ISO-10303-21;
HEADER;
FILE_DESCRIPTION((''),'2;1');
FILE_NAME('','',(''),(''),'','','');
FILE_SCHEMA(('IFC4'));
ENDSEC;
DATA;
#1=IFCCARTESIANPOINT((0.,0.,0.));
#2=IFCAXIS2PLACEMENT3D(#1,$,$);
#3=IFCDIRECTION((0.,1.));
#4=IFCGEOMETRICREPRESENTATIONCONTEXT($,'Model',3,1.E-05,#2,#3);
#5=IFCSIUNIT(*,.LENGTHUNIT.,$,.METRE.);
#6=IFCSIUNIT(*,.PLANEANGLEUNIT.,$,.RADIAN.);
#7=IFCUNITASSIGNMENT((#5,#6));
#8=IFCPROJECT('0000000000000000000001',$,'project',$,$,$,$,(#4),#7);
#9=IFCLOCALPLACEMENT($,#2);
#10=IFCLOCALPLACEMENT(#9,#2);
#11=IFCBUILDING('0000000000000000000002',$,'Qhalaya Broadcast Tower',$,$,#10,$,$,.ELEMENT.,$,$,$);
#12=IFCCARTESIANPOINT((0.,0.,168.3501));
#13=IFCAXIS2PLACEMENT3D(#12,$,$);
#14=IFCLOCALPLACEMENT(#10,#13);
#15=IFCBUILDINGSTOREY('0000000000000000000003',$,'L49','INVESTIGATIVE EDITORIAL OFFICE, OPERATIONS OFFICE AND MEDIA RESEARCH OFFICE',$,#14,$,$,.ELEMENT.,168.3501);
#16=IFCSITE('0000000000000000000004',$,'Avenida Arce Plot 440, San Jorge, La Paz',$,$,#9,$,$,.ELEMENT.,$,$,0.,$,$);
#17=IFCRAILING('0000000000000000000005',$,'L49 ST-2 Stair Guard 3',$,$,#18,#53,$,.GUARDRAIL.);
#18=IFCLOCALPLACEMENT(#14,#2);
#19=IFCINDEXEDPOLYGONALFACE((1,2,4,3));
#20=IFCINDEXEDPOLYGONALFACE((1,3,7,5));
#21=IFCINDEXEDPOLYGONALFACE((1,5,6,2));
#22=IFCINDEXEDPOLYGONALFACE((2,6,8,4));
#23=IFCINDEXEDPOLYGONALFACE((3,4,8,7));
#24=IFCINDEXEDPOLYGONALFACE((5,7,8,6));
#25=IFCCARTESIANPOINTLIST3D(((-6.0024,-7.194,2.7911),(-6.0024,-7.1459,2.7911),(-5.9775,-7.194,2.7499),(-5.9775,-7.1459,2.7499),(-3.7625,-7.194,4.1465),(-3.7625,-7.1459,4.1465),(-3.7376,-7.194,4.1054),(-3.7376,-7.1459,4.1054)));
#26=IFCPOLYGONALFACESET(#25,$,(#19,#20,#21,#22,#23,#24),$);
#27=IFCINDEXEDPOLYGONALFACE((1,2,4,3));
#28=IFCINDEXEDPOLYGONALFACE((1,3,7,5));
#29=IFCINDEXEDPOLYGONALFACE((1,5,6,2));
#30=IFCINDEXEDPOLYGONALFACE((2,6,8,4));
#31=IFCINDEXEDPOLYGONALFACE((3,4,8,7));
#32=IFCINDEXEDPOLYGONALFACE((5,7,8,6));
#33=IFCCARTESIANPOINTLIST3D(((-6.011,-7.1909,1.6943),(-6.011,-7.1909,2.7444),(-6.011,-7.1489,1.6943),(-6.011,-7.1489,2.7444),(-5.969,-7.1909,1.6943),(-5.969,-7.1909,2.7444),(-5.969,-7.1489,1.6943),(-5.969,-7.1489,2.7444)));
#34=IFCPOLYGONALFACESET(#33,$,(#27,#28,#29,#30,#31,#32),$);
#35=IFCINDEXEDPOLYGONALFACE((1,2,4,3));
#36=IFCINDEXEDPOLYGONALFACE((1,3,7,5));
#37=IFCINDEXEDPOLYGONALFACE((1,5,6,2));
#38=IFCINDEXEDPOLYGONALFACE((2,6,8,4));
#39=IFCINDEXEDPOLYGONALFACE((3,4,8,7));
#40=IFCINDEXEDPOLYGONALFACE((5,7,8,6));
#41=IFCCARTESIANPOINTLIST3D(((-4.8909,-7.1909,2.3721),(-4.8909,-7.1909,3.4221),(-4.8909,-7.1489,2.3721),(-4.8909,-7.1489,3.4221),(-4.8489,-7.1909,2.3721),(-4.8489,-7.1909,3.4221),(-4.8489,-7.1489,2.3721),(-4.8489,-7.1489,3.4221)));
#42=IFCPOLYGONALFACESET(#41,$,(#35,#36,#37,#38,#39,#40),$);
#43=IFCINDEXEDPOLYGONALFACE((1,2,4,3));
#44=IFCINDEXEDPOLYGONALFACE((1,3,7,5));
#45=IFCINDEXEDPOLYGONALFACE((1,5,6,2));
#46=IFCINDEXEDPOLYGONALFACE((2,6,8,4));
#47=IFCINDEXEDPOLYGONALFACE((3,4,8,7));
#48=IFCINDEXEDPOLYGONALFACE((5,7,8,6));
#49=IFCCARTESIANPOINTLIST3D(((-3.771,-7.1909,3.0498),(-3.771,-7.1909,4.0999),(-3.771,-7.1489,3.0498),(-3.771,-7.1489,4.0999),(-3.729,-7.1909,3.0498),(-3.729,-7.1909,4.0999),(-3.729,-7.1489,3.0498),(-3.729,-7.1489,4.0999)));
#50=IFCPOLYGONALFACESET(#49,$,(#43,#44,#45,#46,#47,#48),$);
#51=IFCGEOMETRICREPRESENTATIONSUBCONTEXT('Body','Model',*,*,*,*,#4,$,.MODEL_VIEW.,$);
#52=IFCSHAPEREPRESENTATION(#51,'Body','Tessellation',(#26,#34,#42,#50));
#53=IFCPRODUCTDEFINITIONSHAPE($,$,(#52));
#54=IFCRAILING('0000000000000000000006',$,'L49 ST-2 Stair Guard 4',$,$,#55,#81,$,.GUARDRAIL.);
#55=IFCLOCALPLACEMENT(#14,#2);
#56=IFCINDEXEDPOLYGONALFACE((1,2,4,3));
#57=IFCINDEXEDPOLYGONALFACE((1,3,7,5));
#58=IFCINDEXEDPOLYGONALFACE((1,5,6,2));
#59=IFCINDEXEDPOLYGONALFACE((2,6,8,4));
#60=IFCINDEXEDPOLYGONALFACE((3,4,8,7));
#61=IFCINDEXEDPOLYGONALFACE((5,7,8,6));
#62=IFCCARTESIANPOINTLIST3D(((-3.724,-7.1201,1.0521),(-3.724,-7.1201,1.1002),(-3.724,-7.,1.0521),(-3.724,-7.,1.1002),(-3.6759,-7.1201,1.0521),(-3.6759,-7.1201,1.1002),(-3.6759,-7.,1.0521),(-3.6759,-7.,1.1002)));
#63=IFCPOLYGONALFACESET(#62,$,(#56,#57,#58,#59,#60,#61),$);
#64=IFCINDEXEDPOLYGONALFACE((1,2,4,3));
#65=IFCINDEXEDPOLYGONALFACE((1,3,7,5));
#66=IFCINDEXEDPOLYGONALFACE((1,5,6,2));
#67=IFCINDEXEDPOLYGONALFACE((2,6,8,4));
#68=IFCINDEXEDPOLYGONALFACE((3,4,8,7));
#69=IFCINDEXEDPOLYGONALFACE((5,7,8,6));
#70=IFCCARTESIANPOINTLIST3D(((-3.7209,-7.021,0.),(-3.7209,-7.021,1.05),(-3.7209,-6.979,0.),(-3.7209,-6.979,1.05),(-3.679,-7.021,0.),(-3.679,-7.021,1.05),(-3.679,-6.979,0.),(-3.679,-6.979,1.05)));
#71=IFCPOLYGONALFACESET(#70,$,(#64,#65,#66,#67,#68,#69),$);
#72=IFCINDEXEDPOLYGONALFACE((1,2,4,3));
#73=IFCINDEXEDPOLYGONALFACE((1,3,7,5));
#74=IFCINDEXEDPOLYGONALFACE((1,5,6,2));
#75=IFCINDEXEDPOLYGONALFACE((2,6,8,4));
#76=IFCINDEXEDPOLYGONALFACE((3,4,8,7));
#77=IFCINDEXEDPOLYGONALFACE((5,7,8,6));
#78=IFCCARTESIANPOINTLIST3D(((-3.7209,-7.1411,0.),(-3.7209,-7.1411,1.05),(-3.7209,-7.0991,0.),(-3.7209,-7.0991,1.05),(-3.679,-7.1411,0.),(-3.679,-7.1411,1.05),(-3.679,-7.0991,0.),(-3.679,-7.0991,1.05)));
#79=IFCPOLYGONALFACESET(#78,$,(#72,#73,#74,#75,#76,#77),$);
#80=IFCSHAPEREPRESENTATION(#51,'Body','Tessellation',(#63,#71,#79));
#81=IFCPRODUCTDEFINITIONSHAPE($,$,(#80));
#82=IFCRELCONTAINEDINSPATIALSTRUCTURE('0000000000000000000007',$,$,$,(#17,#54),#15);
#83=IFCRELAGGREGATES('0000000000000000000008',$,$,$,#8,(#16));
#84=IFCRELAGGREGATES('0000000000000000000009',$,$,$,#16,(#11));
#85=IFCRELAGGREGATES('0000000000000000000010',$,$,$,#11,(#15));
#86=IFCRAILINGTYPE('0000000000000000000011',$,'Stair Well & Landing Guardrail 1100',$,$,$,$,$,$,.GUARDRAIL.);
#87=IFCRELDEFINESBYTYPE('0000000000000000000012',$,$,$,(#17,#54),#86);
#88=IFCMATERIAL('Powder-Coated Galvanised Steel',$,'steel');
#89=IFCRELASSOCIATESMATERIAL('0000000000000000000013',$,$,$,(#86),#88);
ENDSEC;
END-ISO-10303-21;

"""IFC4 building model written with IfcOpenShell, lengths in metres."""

from ifc_helpers import new_model, si_unit, direction, frame, origin, origin_2d, place, context, subcontext, project, spatial, rectangle, extrude, material, type_object, element, save


model = new_model("IFC4")

# Units and contexts
model_context = context("Model", 3, precision=1e-05, world=origin(), true_north=direction((0.0, 1.0)))
body_context = subcontext(model_context, "Body", "Model", "MODEL_VIEW")
ifc_project = project(units=[si_unit("LENGTHUNIT", "METRE"), si_unit("PLANEANGLEUNIT", "RADIAN")], contexts=[model_context])

# Site, building, storey
site_placement = place(None, origin())
site = spatial("IfcSite", under=ifc_project, at=site_placement, Name="Avenida Arce Plot 440, San Jorge, La Paz", CompositionType="ELEMENT", RefElevation=0.0)
building_placement = place(site_placement, origin())
building = spatial("IfcBuilding", under=site, at=building_placement, Name="Qhalaya Broadcast Tower", CompositionType="ELEMENT")
storey_placement = place(building_placement, frame((0.0, 0.0, 168.3501)))
storey = spatial("IfcBuildingStorey", under=building, at=storey_placement, Name="L49", Description="INVESTIGATIVE EDITORIAL OFFICE, OPERATIONS OFFICE AND MEDIA RESEARCH OFFICE", CompositionType="ELEMENT", Elevation=168.3501)

# Railings
ifc_material_1 = material(Name="Powder-Coated Galvanised Steel", Category="steel")
railing_type_1 = type_object("IfcRailingType", Name="Stair Well & Landing Guardrail 1100", PredefinedType="GUARDRAIL", material=ifc_material_1)
railing_1_placement = place(storey_placement, frame((-5.99, -7.1699, 1.6943)))
element("IfcRailing", 1, at=railing_1_placement, inside=storey, type_object=railing_type_1, Name="L49 ST-2 Stair Guard 3", PredefinedType="GUARDRAIL", context=body_context, shape_type="SweptSolid", body=[
    extrude(rectangle(XDim=0.0481, YDim=0.0481, at=origin_2d()), frame((0.0, 0.0, 1.0762), z_axis=(0.855553, 0.0, 0.517715), x_axis=(0.0, 1.0, 0.0)), (0.0, 0.0, 1.0), 2.6182),
    extrude(rectangle(XDim=0.042, YDim=0.042, at=origin_2d()), origin(), (0.0, 0.0, 1.0), 1.05),
    extrude(rectangle(XDim=0.042, YDim=0.042, at=origin_2d()), frame((1.1201, 0.0, 0.6777)), (0.0, 0.0, 1.0), 1.05),
    extrude(rectangle(XDim=0.042, YDim=0.042, at=origin_2d()), frame((2.24, 0.0, 1.3555)), (0.0, 0.0, 1.0), 1.05),
])
railing_2_placement = place(storey_placement, frame((-3.7, -7.0, 0.0)))
element("IfcRailing", 2, at=railing_2_placement, inside=storey, type_object=railing_type_1, Name="L49 ST-2 Stair Guard 4", PredefinedType="GUARDRAIL", context=body_context, shape_type="SweptSolid", body=[
    extrude(rectangle(XDim=0.0481, YDim=0.0481, at=origin_2d()), frame((0.0, 0.0, 1.0762), z_axis=(0.0, -1.0, 0.0), x_axis=(1.0, 0.0, 0.0)), (0.0, 0.0, 1.0), 0.1201),
    extrude(rectangle(XDim=0.042, YDim=0.042, at=origin_2d()), origin(), (0.0, 0.0, 1.0), 1.05),
    extrude(rectangle(XDim=0.042, YDim=0.042, at=origin_2d()), frame((0.0, -0.1201, 0.0)), (0.0, 0.0, 1.0), 1.05),
])

save(model, "model.ifc")
